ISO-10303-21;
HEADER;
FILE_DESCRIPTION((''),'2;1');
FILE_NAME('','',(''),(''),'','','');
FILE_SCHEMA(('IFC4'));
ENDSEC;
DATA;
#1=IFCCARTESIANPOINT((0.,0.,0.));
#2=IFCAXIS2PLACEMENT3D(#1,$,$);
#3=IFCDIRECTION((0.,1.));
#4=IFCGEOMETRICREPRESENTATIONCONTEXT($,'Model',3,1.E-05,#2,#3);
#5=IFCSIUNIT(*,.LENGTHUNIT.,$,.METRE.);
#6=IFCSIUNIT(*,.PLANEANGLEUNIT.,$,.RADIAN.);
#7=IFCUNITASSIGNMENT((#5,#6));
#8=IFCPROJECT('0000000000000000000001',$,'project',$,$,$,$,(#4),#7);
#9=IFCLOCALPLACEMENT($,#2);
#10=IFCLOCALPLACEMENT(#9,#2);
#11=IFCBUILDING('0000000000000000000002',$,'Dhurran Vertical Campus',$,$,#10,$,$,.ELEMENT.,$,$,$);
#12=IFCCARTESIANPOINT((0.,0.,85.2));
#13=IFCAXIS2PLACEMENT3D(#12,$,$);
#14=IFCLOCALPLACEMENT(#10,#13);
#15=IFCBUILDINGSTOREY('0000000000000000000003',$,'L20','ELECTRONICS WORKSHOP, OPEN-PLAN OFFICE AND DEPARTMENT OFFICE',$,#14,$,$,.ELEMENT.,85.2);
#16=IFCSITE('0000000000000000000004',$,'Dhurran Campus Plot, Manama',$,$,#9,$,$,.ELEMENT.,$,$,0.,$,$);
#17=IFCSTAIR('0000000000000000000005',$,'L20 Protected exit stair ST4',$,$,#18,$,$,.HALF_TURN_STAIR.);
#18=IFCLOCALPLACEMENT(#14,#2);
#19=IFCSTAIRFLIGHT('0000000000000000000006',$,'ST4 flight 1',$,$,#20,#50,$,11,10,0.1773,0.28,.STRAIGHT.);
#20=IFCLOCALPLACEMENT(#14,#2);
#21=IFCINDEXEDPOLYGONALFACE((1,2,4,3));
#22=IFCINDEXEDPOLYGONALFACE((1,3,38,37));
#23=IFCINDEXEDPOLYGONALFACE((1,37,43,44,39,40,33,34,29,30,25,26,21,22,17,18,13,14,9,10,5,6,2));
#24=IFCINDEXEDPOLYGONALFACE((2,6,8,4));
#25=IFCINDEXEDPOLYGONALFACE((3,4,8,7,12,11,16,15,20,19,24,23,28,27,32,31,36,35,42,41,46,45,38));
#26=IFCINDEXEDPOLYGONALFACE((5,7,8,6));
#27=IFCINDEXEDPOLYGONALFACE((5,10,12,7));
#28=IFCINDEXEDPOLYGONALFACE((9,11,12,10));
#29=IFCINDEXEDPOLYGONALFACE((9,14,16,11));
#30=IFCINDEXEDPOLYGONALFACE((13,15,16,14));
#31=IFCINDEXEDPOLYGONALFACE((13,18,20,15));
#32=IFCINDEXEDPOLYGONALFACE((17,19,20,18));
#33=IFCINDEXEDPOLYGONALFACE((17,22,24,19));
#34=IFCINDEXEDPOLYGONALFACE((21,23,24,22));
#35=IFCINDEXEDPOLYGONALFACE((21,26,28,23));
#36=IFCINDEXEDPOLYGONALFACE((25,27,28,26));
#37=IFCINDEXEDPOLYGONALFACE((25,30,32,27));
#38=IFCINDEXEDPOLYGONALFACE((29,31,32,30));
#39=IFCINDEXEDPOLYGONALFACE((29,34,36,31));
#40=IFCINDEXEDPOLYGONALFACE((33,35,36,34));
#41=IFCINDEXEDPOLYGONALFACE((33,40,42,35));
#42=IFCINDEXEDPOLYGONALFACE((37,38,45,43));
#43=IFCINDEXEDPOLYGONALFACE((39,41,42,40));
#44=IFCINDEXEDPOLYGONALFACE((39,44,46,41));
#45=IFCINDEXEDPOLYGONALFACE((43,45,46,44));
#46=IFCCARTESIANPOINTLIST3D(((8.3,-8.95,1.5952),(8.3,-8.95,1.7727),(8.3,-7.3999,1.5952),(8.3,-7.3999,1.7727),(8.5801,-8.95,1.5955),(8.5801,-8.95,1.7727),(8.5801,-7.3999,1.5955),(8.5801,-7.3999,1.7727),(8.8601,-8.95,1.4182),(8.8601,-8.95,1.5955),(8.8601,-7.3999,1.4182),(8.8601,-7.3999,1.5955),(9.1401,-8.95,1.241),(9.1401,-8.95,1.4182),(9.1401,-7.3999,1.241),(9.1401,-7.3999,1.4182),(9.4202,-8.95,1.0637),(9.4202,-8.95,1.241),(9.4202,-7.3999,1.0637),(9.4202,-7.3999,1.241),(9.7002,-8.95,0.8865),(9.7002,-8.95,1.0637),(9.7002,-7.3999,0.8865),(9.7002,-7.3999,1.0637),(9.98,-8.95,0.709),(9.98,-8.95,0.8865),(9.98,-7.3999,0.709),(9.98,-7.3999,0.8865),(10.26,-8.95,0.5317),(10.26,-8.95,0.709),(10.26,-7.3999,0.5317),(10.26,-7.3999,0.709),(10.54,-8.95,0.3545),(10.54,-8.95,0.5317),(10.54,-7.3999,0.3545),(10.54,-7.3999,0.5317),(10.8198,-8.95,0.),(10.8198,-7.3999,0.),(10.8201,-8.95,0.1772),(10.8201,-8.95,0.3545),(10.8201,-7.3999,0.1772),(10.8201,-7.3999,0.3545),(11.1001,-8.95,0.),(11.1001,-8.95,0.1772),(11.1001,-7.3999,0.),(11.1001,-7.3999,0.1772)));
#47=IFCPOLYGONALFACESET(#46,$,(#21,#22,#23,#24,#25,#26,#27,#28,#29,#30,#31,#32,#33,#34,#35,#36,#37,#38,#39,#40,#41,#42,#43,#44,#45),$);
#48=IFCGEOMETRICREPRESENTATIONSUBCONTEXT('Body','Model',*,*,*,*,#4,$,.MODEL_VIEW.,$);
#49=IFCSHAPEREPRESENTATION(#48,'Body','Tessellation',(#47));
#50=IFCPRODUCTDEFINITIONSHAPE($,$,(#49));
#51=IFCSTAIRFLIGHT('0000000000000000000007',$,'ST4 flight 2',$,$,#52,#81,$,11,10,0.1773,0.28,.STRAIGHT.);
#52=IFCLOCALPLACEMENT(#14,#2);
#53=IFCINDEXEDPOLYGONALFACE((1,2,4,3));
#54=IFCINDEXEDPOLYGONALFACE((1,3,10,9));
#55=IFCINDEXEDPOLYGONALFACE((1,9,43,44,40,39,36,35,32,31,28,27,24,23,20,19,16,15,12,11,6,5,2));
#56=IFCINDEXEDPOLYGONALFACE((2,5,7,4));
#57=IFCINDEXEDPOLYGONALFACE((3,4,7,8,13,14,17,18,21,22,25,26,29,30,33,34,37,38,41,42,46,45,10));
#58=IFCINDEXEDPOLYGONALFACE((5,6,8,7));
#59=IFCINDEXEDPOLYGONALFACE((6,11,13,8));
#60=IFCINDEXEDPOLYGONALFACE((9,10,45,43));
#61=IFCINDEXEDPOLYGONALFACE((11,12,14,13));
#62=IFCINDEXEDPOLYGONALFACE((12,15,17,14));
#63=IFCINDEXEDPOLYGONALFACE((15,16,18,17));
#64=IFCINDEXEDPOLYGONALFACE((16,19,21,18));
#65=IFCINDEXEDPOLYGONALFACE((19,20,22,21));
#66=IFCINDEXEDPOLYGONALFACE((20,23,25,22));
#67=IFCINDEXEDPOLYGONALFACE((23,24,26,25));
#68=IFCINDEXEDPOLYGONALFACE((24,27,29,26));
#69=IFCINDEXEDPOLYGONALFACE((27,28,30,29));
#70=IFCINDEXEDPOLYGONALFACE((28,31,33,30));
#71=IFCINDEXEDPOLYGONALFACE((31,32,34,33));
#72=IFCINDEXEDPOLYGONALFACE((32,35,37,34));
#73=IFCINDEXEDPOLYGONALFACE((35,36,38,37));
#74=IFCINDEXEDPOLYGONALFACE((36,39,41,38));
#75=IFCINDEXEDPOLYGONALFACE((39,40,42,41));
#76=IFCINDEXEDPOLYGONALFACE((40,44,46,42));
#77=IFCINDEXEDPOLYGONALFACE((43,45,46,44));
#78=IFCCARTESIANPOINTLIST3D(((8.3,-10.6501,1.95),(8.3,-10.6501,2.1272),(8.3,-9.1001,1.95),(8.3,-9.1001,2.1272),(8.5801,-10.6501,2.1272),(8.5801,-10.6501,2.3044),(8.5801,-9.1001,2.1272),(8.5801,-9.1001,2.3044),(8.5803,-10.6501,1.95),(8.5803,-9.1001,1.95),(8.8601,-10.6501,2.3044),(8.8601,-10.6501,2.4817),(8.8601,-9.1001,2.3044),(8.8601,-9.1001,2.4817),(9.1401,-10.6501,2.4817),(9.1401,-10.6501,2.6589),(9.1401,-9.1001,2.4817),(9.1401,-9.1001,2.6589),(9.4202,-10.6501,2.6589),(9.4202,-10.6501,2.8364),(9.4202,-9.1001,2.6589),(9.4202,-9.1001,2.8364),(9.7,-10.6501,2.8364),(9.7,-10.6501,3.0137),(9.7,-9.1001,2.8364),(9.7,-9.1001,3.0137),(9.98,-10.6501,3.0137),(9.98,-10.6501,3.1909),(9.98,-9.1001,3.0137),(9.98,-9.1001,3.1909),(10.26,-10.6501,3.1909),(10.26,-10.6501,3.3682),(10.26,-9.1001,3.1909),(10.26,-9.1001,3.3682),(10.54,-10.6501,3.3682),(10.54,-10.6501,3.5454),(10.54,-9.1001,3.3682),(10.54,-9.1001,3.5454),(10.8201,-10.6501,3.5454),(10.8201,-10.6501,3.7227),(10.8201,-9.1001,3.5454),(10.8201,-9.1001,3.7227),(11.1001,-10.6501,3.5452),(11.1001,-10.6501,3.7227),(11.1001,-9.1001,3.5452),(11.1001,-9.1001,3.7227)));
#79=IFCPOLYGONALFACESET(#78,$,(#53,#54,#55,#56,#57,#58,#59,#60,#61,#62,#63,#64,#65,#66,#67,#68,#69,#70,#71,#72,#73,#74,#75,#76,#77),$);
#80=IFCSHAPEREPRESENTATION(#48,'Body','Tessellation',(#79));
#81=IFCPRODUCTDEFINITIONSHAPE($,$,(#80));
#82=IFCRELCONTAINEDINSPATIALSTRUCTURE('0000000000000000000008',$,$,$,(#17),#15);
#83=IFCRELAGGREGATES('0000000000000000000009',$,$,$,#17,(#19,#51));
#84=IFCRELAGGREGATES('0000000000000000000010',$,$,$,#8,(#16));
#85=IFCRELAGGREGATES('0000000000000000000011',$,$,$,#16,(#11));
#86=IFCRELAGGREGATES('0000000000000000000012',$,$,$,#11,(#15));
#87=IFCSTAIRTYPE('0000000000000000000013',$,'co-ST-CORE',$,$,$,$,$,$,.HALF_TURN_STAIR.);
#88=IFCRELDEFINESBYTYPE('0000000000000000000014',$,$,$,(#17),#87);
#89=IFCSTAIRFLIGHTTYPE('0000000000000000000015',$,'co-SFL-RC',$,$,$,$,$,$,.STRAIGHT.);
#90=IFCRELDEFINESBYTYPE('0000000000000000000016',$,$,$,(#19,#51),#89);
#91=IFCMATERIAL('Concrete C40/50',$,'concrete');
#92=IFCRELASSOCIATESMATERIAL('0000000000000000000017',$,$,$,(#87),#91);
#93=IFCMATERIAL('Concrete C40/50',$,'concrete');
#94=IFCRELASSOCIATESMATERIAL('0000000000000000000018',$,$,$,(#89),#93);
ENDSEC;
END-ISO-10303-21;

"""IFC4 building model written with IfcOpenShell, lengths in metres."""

from ifc_helpers import new_model, si_unit, direction, frame, origin, place, context, subcontext, project, spatial, polyline, outline, extrude, material, type_object, element, aggregate, save


model = new_model("IFC4")

# Units and contexts
model_context = context("Model", 3, precision=1e-05, world=origin(), true_north=direction((0.0, 1.0)))
body_context = subcontext(model_context, "Body", "Model", "MODEL_VIEW")
ifc_project = project(units=[si_unit("LENGTHUNIT", "METRE"), si_unit("PLANEANGLEUNIT", "RADIAN")], contexts=[model_context])

# Site, building, storey
site_placement = place(None, origin())
site = spatial("IfcSite", under=ifc_project, at=site_placement, Name="Dhurran Campus Plot, Manama", CompositionType="ELEMENT", RefElevation=0.0)
building_placement = place(site_placement, origin())
building = spatial("IfcBuilding", under=site, at=building_placement, Name="Dhurran Vertical Campus", CompositionType="ELEMENT")
storey_placement = place(building_placement, frame((0.0, 0.0, 85.2)))
storey = spatial("IfcBuildingStorey", under=building, at=storey_placement, Name="L20", Description="ELECTRONICS WORKSHOP, OPEN-PLAN OFFICE AND DEPARTMENT OFFICE", CompositionType="ELEMENT", Elevation=85.2)

# Stair, stair flights
ifc_material_1 = material(Name="Concrete C40/50", Category="concrete")
stair_type = type_object("IfcStairType", Name="co-ST-CORE", PredefinedType="HALF_TURN_STAIR", material=ifc_material_1)
stair_placement = place(storey_placement, origin())
stair = element("IfcStair", 1, at=stair_placement, inside=storey, type_object=stair_type, Name="L20 Protected exit stair ST4", PredefinedType="HALF_TURN_STAIR")
ifc_material_2 = material(Name="Concrete C40/50", Category="concrete")
stair_flight_type = type_object("IfcStairFlightType", Name="co-SFL-RC", PredefinedType="STRAIGHT", material=ifc_material_2)
stair_flight_1_placement = place(storey_placement, frame((11.1001, -8.175, 0.0), z_axis=(0.0, 0.0, 1.0), x_axis=(-1.0, 0.0, 0.0)))
stair_flight_1 = element("IfcStairFlight", 2, at=stair_flight_1_placement, type_object=stair_flight_type, Name="ST4 flight 1", NumberOfRisers=11, NumberOfTreads=10, PredefinedType="STRAIGHT", RiserHeight=0.1773, TreadLength=0.28, context=body_context, shape_type="SweptSolid", body=[
    extrude(outline(polyline([(0.0, 0.0), (0.0, 0.1772), (0.28, 0.1772), (0.28, 0.3545), (0.5601, 0.3545), (0.5601, 0.5317), (0.8401, 0.5317), (0.8401, 0.709), (1.1201, 0.709), (1.1201, 0.8865), (1.3999, 0.8865), (1.3999, 1.0637), (1.6799, 1.0637), (1.6799, 1.241), (1.96, 1.241), (1.96, 1.4182), (2.24, 1.4182), (2.24, 1.5955), (2.52, 1.5955), (2.52, 1.7727), (2.8, 1.7727), (2.8, 1.95), (2.8, 1.5952), (0.2803, 0.0), (0.0, 0.0)])), frame((0.0, 0.7749, 0.0), z_axis=(0.0, -1.0, 0.0), x_axis=(1.0, 0.0, 0.0)), (0.0, 0.0, 1.0), 1.55),
])
stair_flight_2_placement = place(storey_placement, frame((8.3, -9.875, 1.95), z_axis=(0.0, 0.0, 1.0), x_axis=(1.0, 0.0, 0.0)))
stair_flight_2 = element("IfcStairFlight", 3, at=stair_flight_2_placement, type_object=stair_flight_type, Name="ST4 flight 2", NumberOfRisers=11, NumberOfTreads=10, PredefinedType="STRAIGHT", RiserHeight=0.1773, TreadLength=0.28, context=body_context, shape_type="SweptSolid", body=[
    extrude(outline(polyline([(0.0, 0.0), (0.0, 0.1772), (0.28, 0.1772), (0.28, 0.3545), (0.5601, 0.3545), (0.5601, 0.5317), (0.8401, 0.5317), (0.8401, 0.709), (1.1201, 0.709), (1.1201, 0.8865), (1.3999, 0.8865), (1.3999, 1.0637), (1.6799, 1.0637), (1.6799, 1.241), (1.96, 1.241), (1.96, 1.4182), (2.24, 1.4182), (2.24, 1.5955), (2.52, 1.5955), (2.52, 1.7727), (2.8, 1.7727), (2.8, 1.95), (2.8, 1.5952), (0.2803, 0.0), (0.0, 0.0)])), frame((0.0, 0.7749, 0.0), z_axis=(0.0, -1.0, 0.0), x_axis=(1.0, 0.0, 0.0)), (0.0, 0.0, 1.0), 1.55),
])
aggregate(stair, [stair_flight_1, stair_flight_2])

save(model, "model.ifc")
